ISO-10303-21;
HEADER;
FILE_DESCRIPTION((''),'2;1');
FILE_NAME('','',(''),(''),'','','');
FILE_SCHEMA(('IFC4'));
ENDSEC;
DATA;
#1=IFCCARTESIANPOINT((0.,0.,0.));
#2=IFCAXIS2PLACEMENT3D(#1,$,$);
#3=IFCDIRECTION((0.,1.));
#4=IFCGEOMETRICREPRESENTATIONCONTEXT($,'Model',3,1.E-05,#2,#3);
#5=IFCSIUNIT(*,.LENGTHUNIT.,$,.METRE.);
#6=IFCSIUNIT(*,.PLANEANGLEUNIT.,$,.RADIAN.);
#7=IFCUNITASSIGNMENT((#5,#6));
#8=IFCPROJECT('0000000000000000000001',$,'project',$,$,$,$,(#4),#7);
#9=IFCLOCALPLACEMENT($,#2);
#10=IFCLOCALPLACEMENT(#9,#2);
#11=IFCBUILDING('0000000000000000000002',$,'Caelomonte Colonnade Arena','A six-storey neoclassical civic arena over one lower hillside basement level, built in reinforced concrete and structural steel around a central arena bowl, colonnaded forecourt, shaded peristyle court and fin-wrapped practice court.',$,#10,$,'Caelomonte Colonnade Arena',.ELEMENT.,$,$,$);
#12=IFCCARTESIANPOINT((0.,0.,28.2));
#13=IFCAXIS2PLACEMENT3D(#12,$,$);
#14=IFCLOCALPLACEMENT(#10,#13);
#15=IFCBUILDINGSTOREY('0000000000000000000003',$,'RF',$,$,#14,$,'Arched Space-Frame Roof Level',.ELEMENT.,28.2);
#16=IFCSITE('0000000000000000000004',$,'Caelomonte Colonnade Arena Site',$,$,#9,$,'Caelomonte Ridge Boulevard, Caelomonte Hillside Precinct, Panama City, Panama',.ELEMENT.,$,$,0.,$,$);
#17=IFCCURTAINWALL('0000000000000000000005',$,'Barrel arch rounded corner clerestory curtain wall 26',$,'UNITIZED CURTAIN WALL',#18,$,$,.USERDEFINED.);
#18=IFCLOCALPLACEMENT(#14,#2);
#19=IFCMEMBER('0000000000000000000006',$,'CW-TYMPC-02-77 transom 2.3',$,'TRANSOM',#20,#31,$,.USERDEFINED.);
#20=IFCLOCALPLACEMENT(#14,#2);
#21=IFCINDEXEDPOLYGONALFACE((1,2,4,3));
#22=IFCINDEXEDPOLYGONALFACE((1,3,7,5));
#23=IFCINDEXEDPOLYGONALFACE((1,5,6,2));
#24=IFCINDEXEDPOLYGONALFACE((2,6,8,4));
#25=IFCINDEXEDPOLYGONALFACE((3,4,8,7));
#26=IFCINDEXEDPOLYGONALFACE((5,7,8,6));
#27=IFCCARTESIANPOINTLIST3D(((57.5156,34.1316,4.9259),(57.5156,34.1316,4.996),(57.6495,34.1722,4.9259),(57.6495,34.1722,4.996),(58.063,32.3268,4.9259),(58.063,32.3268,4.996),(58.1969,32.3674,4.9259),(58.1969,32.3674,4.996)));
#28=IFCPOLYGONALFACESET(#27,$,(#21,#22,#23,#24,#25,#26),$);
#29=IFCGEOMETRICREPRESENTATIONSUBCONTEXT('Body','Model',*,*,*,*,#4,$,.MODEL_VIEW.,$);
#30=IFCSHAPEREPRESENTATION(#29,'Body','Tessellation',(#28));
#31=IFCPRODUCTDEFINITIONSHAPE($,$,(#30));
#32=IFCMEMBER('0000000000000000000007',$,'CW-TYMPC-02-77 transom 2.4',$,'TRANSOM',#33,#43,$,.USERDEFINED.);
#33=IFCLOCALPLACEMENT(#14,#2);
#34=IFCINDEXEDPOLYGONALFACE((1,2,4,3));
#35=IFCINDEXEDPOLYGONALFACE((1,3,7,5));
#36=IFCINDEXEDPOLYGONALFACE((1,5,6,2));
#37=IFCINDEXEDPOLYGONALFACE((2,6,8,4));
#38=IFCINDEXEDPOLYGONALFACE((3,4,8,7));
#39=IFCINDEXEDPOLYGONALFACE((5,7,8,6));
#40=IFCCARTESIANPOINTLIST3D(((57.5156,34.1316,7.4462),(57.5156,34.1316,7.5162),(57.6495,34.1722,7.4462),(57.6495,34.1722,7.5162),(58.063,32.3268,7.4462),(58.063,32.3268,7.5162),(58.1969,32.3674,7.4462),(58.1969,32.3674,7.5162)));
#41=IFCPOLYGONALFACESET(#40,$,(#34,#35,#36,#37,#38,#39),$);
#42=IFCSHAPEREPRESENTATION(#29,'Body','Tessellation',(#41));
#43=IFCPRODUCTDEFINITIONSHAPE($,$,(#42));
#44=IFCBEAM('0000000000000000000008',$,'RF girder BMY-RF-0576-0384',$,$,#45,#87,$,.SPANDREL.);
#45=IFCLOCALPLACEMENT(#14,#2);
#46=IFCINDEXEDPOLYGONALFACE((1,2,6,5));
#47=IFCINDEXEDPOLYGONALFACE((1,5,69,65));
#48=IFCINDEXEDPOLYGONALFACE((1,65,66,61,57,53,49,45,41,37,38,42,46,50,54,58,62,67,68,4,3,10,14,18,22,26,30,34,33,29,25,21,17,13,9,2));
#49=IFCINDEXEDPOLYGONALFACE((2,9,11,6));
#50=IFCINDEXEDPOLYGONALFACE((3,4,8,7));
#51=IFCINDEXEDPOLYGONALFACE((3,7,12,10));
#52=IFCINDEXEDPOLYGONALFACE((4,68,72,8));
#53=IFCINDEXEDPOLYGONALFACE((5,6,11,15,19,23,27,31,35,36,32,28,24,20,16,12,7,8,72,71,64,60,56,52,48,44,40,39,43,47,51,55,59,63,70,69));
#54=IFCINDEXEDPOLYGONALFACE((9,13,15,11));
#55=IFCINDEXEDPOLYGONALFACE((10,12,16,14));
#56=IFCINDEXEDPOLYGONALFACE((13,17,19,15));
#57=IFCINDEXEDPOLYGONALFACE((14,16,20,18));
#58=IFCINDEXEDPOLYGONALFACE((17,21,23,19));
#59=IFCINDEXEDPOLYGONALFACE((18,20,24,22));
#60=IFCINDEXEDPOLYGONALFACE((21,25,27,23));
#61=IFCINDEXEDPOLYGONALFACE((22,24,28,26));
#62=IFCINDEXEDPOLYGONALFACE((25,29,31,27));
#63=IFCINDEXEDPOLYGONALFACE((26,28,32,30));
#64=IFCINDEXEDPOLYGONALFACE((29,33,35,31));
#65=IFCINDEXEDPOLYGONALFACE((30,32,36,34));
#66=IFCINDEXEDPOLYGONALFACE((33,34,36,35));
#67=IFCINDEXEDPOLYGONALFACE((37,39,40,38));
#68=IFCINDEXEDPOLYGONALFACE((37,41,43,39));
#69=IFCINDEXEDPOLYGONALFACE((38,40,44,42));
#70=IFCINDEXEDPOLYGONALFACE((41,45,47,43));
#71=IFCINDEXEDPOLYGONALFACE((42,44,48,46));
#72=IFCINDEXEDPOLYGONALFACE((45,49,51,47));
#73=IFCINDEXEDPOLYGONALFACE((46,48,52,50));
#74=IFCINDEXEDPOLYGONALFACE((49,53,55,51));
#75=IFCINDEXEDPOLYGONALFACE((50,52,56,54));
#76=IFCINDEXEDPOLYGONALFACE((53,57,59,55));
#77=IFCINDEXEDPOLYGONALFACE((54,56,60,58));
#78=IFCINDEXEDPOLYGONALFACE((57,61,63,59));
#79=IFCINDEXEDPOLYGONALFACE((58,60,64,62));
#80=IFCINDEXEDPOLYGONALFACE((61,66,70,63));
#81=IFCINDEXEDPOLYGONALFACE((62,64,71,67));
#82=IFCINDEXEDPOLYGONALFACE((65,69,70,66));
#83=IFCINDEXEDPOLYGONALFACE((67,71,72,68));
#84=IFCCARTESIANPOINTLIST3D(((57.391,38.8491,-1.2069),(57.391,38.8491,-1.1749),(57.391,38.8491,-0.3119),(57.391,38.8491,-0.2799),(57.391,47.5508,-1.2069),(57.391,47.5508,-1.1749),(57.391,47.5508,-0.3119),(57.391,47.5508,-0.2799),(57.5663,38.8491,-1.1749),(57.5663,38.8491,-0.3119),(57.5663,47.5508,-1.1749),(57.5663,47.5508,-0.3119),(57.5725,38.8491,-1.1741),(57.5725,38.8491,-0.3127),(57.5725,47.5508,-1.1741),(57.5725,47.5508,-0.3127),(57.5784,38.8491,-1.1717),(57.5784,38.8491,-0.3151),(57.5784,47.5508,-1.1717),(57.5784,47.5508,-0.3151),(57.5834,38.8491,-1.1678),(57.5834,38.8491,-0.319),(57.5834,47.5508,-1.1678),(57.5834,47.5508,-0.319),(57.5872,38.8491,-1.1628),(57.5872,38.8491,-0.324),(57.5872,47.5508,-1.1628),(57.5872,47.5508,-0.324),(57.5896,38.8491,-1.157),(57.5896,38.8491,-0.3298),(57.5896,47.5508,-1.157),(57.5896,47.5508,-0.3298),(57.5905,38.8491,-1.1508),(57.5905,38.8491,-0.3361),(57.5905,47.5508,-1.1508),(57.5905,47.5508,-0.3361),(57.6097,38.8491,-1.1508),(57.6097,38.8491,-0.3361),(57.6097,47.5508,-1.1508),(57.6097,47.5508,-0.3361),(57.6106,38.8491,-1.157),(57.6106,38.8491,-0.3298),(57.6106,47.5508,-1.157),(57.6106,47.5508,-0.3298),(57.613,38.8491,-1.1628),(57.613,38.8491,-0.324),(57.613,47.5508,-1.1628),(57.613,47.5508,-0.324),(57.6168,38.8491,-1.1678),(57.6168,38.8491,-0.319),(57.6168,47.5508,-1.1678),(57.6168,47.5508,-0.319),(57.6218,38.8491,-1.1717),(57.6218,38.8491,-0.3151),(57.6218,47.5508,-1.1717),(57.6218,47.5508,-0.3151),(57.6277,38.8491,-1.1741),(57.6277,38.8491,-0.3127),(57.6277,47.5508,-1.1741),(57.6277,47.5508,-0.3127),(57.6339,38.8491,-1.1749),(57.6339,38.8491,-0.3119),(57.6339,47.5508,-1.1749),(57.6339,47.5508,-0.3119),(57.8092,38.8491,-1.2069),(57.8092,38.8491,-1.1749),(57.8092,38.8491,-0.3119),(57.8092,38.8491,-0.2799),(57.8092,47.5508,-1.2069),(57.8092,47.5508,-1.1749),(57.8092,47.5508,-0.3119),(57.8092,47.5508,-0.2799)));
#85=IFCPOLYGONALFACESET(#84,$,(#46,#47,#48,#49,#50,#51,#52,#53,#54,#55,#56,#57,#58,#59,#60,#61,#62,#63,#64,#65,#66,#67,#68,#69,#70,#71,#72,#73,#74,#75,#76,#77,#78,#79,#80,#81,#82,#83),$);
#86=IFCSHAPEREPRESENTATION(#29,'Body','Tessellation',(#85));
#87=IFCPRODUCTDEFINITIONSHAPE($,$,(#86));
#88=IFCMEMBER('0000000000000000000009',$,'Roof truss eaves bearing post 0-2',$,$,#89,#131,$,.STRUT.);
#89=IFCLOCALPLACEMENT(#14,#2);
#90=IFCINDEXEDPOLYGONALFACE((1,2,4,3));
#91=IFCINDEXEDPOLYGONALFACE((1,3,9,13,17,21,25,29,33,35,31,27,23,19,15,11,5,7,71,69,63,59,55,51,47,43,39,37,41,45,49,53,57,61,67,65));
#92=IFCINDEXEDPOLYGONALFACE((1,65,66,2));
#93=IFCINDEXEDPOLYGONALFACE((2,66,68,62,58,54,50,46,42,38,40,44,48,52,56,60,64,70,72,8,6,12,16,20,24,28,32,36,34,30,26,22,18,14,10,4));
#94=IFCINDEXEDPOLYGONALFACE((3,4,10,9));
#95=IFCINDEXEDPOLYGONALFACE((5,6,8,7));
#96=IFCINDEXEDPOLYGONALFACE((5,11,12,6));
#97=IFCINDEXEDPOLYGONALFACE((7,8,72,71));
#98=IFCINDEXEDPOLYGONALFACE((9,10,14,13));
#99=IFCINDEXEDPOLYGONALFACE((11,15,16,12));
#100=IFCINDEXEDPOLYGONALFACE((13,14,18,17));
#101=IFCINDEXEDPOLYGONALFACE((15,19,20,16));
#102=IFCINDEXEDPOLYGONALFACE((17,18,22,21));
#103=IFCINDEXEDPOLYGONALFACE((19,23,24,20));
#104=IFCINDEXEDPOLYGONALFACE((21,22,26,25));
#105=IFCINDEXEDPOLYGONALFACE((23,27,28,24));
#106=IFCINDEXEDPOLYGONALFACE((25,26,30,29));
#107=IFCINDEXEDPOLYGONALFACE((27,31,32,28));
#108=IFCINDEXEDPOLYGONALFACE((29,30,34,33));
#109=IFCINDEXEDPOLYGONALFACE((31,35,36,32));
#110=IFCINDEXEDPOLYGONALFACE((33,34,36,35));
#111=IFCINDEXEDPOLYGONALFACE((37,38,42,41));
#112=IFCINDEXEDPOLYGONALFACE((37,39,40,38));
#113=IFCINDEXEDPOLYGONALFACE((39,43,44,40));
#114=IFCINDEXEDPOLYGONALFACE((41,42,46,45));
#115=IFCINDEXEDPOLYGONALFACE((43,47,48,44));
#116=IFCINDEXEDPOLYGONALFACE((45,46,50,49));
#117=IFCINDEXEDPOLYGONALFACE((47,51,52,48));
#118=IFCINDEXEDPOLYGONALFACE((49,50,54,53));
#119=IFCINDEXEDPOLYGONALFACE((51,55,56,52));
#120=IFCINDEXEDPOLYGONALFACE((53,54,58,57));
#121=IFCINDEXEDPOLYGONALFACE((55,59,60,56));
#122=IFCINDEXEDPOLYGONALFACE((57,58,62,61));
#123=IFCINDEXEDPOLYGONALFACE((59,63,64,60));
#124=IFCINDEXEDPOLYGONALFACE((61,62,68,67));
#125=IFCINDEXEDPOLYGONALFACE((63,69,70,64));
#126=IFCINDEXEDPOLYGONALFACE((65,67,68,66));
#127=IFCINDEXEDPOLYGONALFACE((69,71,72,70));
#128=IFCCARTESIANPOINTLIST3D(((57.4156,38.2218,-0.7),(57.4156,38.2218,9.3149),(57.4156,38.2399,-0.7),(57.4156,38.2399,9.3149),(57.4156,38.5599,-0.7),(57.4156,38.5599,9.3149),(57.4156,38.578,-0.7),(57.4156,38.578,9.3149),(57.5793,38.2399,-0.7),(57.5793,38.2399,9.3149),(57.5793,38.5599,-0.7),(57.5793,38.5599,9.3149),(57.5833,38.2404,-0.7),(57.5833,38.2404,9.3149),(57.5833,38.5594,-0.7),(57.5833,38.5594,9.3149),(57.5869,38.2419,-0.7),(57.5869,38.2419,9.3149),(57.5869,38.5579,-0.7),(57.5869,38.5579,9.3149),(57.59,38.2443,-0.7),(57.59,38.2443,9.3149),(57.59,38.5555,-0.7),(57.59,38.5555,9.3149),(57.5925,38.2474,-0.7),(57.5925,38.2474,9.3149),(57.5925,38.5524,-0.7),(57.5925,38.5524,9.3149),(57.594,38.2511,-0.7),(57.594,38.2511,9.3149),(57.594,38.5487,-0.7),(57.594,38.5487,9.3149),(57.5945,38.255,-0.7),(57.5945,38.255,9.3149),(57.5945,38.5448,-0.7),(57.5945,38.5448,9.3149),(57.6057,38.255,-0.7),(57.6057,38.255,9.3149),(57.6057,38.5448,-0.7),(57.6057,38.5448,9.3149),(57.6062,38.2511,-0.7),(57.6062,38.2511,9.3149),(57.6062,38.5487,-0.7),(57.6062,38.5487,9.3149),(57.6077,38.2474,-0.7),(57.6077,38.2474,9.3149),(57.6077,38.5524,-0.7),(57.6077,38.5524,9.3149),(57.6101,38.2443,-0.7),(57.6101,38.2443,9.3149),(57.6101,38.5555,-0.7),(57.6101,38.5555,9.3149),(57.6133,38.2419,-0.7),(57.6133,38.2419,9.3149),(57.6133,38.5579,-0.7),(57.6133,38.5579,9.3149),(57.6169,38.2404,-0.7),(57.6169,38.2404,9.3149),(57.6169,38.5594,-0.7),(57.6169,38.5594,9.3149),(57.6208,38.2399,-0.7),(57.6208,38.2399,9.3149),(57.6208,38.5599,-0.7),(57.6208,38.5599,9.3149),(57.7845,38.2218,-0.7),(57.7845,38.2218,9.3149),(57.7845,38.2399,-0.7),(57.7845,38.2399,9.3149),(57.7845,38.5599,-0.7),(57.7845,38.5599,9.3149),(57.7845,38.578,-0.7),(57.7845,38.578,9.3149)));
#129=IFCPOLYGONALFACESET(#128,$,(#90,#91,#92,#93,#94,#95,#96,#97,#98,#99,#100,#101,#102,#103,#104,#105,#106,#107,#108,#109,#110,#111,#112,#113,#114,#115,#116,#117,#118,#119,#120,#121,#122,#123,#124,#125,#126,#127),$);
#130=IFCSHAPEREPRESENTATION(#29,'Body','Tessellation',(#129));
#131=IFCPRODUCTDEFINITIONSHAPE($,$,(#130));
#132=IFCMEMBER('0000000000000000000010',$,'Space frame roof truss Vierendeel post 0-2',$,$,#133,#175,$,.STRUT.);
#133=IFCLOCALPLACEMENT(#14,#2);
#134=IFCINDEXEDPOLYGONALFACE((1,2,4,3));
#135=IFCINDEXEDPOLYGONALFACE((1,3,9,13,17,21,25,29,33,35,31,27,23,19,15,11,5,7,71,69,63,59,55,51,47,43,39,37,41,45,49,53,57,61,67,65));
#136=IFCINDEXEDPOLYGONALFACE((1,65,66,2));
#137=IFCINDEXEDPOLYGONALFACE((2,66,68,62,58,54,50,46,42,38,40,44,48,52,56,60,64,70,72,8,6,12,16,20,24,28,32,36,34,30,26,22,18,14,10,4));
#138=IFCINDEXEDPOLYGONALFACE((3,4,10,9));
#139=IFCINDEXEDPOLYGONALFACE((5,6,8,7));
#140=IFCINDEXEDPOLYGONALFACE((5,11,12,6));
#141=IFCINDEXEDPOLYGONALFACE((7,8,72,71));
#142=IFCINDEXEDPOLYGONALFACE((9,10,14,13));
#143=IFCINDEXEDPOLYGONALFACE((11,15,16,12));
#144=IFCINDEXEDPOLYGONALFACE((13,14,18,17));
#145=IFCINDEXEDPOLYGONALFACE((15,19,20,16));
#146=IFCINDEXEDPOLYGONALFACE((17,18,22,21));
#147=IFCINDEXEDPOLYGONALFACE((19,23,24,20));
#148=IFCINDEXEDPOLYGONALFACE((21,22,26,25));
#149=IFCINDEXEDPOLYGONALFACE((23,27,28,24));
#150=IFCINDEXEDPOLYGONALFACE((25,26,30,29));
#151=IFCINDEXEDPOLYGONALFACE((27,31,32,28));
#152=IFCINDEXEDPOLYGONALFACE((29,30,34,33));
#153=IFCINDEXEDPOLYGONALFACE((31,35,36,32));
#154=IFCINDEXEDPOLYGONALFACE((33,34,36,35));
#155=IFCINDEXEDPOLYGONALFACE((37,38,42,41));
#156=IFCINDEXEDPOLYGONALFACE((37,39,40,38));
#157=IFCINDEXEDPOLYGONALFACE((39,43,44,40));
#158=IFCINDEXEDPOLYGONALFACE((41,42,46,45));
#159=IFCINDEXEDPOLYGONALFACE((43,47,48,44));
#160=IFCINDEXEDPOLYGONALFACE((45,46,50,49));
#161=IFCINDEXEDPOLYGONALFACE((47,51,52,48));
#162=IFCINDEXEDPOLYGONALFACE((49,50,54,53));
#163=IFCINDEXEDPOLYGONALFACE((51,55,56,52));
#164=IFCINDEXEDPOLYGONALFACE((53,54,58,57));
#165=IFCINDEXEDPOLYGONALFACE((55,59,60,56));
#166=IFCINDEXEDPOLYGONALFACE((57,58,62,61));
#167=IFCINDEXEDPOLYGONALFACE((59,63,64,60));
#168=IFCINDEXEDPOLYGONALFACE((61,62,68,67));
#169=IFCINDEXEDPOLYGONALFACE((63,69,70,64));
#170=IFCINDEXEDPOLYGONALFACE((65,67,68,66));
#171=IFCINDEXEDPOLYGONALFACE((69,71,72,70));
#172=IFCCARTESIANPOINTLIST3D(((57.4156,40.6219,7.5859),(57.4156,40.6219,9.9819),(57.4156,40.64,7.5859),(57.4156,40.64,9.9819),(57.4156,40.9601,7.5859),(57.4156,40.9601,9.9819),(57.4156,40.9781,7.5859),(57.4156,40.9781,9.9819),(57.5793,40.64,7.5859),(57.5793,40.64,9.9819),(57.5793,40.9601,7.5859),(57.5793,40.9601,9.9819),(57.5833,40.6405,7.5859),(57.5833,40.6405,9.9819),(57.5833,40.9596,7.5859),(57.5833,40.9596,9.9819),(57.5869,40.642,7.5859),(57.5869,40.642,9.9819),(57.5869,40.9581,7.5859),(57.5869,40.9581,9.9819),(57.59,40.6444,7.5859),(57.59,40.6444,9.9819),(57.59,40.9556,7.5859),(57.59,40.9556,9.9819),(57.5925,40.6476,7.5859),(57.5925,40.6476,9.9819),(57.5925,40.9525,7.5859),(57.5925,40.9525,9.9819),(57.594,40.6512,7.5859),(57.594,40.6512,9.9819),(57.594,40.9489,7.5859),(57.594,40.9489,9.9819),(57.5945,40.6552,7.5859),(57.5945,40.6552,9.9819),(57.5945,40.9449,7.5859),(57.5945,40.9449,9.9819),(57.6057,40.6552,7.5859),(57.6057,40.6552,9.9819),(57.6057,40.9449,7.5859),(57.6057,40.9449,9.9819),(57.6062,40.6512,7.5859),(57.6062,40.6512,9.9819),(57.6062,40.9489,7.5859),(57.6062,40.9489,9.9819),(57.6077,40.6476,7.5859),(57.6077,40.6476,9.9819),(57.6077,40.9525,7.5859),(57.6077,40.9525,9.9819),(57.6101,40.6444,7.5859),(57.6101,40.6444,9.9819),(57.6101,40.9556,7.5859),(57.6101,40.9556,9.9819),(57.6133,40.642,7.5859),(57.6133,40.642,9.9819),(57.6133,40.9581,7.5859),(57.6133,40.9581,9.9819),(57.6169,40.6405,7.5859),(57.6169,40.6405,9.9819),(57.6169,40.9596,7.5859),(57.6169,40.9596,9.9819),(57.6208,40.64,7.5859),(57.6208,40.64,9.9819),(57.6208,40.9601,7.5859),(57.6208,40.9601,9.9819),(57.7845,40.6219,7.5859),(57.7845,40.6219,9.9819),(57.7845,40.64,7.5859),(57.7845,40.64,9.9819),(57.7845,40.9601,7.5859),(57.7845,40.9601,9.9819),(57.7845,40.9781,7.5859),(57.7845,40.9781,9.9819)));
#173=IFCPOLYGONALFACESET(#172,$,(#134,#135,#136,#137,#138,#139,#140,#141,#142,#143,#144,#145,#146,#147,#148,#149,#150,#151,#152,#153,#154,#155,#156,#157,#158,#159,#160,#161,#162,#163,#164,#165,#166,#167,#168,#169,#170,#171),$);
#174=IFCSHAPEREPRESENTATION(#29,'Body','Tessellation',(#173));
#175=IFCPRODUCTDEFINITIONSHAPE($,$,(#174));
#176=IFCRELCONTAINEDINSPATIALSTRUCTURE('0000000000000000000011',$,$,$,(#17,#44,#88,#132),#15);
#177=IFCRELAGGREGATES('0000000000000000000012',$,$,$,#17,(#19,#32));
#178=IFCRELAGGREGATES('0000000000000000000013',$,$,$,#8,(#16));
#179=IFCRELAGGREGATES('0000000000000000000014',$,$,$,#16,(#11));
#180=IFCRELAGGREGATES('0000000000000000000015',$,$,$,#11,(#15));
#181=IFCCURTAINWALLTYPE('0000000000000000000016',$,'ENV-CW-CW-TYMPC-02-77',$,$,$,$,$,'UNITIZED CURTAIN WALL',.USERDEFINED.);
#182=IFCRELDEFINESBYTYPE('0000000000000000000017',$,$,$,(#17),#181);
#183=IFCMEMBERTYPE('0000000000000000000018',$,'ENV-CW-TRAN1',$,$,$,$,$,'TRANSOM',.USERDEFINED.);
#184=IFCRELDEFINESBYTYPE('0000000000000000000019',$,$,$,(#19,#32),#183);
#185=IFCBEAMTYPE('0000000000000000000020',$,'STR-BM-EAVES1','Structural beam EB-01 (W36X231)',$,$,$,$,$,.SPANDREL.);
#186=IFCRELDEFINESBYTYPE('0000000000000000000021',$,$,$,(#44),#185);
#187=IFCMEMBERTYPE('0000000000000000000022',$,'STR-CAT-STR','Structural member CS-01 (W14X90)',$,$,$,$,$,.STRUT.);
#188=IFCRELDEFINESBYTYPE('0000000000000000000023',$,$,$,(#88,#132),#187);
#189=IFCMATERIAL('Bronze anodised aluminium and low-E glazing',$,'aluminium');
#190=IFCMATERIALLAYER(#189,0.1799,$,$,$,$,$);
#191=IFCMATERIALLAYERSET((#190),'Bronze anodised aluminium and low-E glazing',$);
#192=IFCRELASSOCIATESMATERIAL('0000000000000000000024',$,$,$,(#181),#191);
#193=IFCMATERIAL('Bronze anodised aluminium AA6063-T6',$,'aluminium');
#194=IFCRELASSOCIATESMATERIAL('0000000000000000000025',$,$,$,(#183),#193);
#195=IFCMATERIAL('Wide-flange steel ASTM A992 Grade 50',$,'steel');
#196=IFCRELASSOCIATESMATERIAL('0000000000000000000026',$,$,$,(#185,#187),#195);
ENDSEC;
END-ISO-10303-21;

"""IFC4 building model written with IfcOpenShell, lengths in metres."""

from ifc_helpers import new_model, si_unit, direction, frame, origin, origin_2d, place, context, subcontext, project, spatial, rectangle, i_section, extrude, material, layer, layer_set, material_profile, profile_set, type_object, element, aggregate, save


model = new_model("IFC4")

# Units and contexts
model_context = context("Model", 3, precision=1e-05, world=origin(), true_north=direction((0.0, 1.0)))
body_context = subcontext(model_context, "Body", "Model", "MODEL_VIEW")
ifc_project = project(units=[si_unit("LENGTHUNIT", "METRE"), si_unit("PLANEANGLEUNIT", "RADIAN")], contexts=[model_context])

# Site, building, storey
site_placement = place(None, origin())
site = spatial("IfcSite", under=ifc_project, at=site_placement, Name="Caelomonte Colonnade Arena Site", LongName="Caelomonte Ridge Boulevard, Caelomonte Hillside Precinct, Panama City, Panama", CompositionType="ELEMENT", RefElevation=0.0)
building_placement = place(site_placement, origin())
building = spatial("IfcBuilding", under=site, at=building_placement, Name="Caelomonte Colonnade Arena", Description="A six-storey neoclassical civic arena over one lower hillside basement level, built in reinforced concrete and structural steel around a central arena bowl, colonnaded forecourt, shaded peristyle court and fin-wrapped practice court.", LongName="Caelomonte Colonnade Arena", CompositionType="ELEMENT")
storey_placement = place(building_placement, frame((0.0, 0.0, 28.2)))
storey = spatial("IfcBuildingStorey", under=building, at=storey_placement, Name="RF", LongName="Arched Space-Frame Roof Level", CompositionType="ELEMENT", Elevation=28.2)

# Shared definitions
ifc_material_1 = material(Name="Bronze anodised aluminium and low-E glazing", Category="aluminium")
ifc_material_2 = material(Name="Bronze anodised aluminium AA6063-T6", Category="aluminium")

# Curtain wall
ifc_layer_1 = layer(ifc_material_1, 0.1799)
ifc_layer_set_1 = layer_set([ifc_layer_1], Name="Bronze anodised aluminium and low-E glazing")
curtain_wall_type_1 = type_object("IfcCurtainWallType", Name="ENV-CW-CW-TYMPC-02-77", ElementType="UNITIZED CURTAIN WALL", PredefinedType="USERDEFINED", material=ifc_layer_set_1)
curtain_wall_1_placement = place(storey_placement, origin())
curtain_wall_1 = element("IfcCurtainWall", 1, at=curtain_wall_1_placement, inside=storey, type_object=curtain_wall_type_1, Name="Barrel arch rounded corner clerestory curtain wall 26", ObjectType="UNITIZED CURTAIN WALL", PredefinedType="USERDEFINED")

# Members
ifc_material_profile_1 = material_profile(ifc_material_2, rectangle(XDim=0.0701, YDim=0.1399, at=origin_2d()), Name="CWT-70X140")
ifc_profile_set_1 = profile_set([ifc_material_profile_1], Name="Bronze anodised aluminium AA6063-T6")
member_type_1 = type_object("IfcMemberType", Name="ENV-CW-TRAN1", ElementType="TRANSOM", PredefinedType="USERDEFINED", material=ifc_profile_set_1)
member_1_placement = place(storey_placement, frame((57.5825, 34.1519, 4.9609), z_axis=(0.290245, -0.956953, 0.0), x_axis=(0.0, 0.0, 1.0)))
member_1 = element("IfcMember", 2, at=member_1_placement, type_object=member_type_1, Name="CW-TYMPC-02-77 transom 2.3", ObjectType="TRANSOM", PredefinedType="USERDEFINED", context=body_context, shape_type="SweptSolid", body=[
    extrude(rectangle(XDim=0.0701, YDim=0.1399, at=origin_2d()), origin(), (0.0, 0.0, 1.0), 1.886),
])
member_2_placement = place(storey_placement, frame((57.5825, 34.1519, 7.4812), z_axis=(0.290245, -0.956953, 0.0), x_axis=(0.0, 0.0, 1.0)))
member_2 = element("IfcMember", 3, at=member_2_placement, type_object=member_type_1, Name="CW-TYMPC-02-77 transom 2.4", ObjectType="TRANSOM", PredefinedType="USERDEFINED", context=body_context, shape_type="SweptSolid", body=[
    extrude(rectangle(XDim=0.0701, YDim=0.1399, at=origin_2d()), origin(), (0.0, 0.0, 1.0), 1.886),
])

# Beam
ifc_material_3 = material(Name="Wide-flange steel ASTM A992 Grade 50", Category="steel")
ifc_material_profile_2 = material_profile(ifc_material_3, i_section(OverallWidth=0.4182, OverallDepth=0.927, WebThickness=0.0193, FlangeThickness=0.032, FilletRadius=0.0242, at=origin_2d()), Name="W36X231")
ifc_profile_set_2 = profile_set([ifc_material_profile_2], Name="Wide-flange steel ASTM A992 Grade 50")
beam_type = type_object("IfcBeamType", Name="STR-BM-EAVES1", Description="Structural beam EB-01 (W36X231)", PredefinedType="SPANDREL", material=ifc_profile_set_2)
beam_placement = place(storey_placement, frame((57.6001, 38.8491, -0.7434), z_axis=(0.0, 1.0, 0.0), x_axis=(-1.0, 0.0, 0.0)))
element("IfcBeam", 4, at=beam_placement, inside=storey, type_object=beam_type, Name="RF girder BMY-RF-0576-0384", PredefinedType="SPANDREL", context=body_context, shape_type="SweptSolid", body=[
    extrude(i_section(OverallWidth=0.4182, OverallDepth=0.927, WebThickness=0.0193, FlangeThickness=0.032, FilletRadius=0.0242, at=origin_2d()), origin(), (0.0, 0.0, 1.0), 8.7017),
])

# Members
ifc_material_profile_3 = material_profile(ifc_material_3, i_section(OverallWidth=0.3689, OverallDepth=0.3562, WebThickness=0.0112, FlangeThickness=0.0181, FilletRadius=0.0151, at=origin_2d()), Name="W14X90")
ifc_profile_set_3 = profile_set([ifc_material_profile_3], Name="Wide-flange steel ASTM A992 Grade 50")
member_type_2 = type_object("IfcMemberType", Name="STR-CAT-STR", Description="Structural member CS-01 (W14X90)", PredefinedType="STRUT", material=ifc_profile_set_3)
member_3_placement = place(storey_placement, frame((57.6001, 38.3999, -0.7), z_axis=(0.0, 0.0, 1.0), x_axis=(1.0, 0.0, 0.0)))
element("IfcMember", 5, at=member_3_placement, inside=storey, type_object=member_type_2, Name="Roof truss eaves bearing post 0-2", PredefinedType="STRUT", context=body_context, shape_type="SweptSolid", body=[
    extrude(i_section(OverallWidth=0.3689, OverallDepth=0.3562, WebThickness=0.0112, FlangeThickness=0.0181, FilletRadius=0.0151, at=origin_2d()), origin(), (0.0, 0.0, 1.0), 10.0149),
])
member_4_placement = place(storey_placement, frame((57.6001, 40.8, 7.5859), z_axis=(0.0, 0.0, 1.0), x_axis=(1.0, 0.0, 0.0)))
element("IfcMember", 6, at=member_4_placement, inside=storey, type_object=member_type_2, Name="Space frame roof truss Vierendeel post 0-2", PredefinedType="STRUT", context=body_context, shape_type="SweptSolid", body=[
    extrude(i_section(OverallWidth=0.3689, OverallDepth=0.3562, WebThickness=0.0112, FlangeThickness=0.0181, FilletRadius=0.0151, at=origin_2d()), origin(), (0.0, 0.0, 1.0), 2.396),
])

aggregate(curtain_wall_1, [member_1, member_2])

save(model, "model.ifc")
